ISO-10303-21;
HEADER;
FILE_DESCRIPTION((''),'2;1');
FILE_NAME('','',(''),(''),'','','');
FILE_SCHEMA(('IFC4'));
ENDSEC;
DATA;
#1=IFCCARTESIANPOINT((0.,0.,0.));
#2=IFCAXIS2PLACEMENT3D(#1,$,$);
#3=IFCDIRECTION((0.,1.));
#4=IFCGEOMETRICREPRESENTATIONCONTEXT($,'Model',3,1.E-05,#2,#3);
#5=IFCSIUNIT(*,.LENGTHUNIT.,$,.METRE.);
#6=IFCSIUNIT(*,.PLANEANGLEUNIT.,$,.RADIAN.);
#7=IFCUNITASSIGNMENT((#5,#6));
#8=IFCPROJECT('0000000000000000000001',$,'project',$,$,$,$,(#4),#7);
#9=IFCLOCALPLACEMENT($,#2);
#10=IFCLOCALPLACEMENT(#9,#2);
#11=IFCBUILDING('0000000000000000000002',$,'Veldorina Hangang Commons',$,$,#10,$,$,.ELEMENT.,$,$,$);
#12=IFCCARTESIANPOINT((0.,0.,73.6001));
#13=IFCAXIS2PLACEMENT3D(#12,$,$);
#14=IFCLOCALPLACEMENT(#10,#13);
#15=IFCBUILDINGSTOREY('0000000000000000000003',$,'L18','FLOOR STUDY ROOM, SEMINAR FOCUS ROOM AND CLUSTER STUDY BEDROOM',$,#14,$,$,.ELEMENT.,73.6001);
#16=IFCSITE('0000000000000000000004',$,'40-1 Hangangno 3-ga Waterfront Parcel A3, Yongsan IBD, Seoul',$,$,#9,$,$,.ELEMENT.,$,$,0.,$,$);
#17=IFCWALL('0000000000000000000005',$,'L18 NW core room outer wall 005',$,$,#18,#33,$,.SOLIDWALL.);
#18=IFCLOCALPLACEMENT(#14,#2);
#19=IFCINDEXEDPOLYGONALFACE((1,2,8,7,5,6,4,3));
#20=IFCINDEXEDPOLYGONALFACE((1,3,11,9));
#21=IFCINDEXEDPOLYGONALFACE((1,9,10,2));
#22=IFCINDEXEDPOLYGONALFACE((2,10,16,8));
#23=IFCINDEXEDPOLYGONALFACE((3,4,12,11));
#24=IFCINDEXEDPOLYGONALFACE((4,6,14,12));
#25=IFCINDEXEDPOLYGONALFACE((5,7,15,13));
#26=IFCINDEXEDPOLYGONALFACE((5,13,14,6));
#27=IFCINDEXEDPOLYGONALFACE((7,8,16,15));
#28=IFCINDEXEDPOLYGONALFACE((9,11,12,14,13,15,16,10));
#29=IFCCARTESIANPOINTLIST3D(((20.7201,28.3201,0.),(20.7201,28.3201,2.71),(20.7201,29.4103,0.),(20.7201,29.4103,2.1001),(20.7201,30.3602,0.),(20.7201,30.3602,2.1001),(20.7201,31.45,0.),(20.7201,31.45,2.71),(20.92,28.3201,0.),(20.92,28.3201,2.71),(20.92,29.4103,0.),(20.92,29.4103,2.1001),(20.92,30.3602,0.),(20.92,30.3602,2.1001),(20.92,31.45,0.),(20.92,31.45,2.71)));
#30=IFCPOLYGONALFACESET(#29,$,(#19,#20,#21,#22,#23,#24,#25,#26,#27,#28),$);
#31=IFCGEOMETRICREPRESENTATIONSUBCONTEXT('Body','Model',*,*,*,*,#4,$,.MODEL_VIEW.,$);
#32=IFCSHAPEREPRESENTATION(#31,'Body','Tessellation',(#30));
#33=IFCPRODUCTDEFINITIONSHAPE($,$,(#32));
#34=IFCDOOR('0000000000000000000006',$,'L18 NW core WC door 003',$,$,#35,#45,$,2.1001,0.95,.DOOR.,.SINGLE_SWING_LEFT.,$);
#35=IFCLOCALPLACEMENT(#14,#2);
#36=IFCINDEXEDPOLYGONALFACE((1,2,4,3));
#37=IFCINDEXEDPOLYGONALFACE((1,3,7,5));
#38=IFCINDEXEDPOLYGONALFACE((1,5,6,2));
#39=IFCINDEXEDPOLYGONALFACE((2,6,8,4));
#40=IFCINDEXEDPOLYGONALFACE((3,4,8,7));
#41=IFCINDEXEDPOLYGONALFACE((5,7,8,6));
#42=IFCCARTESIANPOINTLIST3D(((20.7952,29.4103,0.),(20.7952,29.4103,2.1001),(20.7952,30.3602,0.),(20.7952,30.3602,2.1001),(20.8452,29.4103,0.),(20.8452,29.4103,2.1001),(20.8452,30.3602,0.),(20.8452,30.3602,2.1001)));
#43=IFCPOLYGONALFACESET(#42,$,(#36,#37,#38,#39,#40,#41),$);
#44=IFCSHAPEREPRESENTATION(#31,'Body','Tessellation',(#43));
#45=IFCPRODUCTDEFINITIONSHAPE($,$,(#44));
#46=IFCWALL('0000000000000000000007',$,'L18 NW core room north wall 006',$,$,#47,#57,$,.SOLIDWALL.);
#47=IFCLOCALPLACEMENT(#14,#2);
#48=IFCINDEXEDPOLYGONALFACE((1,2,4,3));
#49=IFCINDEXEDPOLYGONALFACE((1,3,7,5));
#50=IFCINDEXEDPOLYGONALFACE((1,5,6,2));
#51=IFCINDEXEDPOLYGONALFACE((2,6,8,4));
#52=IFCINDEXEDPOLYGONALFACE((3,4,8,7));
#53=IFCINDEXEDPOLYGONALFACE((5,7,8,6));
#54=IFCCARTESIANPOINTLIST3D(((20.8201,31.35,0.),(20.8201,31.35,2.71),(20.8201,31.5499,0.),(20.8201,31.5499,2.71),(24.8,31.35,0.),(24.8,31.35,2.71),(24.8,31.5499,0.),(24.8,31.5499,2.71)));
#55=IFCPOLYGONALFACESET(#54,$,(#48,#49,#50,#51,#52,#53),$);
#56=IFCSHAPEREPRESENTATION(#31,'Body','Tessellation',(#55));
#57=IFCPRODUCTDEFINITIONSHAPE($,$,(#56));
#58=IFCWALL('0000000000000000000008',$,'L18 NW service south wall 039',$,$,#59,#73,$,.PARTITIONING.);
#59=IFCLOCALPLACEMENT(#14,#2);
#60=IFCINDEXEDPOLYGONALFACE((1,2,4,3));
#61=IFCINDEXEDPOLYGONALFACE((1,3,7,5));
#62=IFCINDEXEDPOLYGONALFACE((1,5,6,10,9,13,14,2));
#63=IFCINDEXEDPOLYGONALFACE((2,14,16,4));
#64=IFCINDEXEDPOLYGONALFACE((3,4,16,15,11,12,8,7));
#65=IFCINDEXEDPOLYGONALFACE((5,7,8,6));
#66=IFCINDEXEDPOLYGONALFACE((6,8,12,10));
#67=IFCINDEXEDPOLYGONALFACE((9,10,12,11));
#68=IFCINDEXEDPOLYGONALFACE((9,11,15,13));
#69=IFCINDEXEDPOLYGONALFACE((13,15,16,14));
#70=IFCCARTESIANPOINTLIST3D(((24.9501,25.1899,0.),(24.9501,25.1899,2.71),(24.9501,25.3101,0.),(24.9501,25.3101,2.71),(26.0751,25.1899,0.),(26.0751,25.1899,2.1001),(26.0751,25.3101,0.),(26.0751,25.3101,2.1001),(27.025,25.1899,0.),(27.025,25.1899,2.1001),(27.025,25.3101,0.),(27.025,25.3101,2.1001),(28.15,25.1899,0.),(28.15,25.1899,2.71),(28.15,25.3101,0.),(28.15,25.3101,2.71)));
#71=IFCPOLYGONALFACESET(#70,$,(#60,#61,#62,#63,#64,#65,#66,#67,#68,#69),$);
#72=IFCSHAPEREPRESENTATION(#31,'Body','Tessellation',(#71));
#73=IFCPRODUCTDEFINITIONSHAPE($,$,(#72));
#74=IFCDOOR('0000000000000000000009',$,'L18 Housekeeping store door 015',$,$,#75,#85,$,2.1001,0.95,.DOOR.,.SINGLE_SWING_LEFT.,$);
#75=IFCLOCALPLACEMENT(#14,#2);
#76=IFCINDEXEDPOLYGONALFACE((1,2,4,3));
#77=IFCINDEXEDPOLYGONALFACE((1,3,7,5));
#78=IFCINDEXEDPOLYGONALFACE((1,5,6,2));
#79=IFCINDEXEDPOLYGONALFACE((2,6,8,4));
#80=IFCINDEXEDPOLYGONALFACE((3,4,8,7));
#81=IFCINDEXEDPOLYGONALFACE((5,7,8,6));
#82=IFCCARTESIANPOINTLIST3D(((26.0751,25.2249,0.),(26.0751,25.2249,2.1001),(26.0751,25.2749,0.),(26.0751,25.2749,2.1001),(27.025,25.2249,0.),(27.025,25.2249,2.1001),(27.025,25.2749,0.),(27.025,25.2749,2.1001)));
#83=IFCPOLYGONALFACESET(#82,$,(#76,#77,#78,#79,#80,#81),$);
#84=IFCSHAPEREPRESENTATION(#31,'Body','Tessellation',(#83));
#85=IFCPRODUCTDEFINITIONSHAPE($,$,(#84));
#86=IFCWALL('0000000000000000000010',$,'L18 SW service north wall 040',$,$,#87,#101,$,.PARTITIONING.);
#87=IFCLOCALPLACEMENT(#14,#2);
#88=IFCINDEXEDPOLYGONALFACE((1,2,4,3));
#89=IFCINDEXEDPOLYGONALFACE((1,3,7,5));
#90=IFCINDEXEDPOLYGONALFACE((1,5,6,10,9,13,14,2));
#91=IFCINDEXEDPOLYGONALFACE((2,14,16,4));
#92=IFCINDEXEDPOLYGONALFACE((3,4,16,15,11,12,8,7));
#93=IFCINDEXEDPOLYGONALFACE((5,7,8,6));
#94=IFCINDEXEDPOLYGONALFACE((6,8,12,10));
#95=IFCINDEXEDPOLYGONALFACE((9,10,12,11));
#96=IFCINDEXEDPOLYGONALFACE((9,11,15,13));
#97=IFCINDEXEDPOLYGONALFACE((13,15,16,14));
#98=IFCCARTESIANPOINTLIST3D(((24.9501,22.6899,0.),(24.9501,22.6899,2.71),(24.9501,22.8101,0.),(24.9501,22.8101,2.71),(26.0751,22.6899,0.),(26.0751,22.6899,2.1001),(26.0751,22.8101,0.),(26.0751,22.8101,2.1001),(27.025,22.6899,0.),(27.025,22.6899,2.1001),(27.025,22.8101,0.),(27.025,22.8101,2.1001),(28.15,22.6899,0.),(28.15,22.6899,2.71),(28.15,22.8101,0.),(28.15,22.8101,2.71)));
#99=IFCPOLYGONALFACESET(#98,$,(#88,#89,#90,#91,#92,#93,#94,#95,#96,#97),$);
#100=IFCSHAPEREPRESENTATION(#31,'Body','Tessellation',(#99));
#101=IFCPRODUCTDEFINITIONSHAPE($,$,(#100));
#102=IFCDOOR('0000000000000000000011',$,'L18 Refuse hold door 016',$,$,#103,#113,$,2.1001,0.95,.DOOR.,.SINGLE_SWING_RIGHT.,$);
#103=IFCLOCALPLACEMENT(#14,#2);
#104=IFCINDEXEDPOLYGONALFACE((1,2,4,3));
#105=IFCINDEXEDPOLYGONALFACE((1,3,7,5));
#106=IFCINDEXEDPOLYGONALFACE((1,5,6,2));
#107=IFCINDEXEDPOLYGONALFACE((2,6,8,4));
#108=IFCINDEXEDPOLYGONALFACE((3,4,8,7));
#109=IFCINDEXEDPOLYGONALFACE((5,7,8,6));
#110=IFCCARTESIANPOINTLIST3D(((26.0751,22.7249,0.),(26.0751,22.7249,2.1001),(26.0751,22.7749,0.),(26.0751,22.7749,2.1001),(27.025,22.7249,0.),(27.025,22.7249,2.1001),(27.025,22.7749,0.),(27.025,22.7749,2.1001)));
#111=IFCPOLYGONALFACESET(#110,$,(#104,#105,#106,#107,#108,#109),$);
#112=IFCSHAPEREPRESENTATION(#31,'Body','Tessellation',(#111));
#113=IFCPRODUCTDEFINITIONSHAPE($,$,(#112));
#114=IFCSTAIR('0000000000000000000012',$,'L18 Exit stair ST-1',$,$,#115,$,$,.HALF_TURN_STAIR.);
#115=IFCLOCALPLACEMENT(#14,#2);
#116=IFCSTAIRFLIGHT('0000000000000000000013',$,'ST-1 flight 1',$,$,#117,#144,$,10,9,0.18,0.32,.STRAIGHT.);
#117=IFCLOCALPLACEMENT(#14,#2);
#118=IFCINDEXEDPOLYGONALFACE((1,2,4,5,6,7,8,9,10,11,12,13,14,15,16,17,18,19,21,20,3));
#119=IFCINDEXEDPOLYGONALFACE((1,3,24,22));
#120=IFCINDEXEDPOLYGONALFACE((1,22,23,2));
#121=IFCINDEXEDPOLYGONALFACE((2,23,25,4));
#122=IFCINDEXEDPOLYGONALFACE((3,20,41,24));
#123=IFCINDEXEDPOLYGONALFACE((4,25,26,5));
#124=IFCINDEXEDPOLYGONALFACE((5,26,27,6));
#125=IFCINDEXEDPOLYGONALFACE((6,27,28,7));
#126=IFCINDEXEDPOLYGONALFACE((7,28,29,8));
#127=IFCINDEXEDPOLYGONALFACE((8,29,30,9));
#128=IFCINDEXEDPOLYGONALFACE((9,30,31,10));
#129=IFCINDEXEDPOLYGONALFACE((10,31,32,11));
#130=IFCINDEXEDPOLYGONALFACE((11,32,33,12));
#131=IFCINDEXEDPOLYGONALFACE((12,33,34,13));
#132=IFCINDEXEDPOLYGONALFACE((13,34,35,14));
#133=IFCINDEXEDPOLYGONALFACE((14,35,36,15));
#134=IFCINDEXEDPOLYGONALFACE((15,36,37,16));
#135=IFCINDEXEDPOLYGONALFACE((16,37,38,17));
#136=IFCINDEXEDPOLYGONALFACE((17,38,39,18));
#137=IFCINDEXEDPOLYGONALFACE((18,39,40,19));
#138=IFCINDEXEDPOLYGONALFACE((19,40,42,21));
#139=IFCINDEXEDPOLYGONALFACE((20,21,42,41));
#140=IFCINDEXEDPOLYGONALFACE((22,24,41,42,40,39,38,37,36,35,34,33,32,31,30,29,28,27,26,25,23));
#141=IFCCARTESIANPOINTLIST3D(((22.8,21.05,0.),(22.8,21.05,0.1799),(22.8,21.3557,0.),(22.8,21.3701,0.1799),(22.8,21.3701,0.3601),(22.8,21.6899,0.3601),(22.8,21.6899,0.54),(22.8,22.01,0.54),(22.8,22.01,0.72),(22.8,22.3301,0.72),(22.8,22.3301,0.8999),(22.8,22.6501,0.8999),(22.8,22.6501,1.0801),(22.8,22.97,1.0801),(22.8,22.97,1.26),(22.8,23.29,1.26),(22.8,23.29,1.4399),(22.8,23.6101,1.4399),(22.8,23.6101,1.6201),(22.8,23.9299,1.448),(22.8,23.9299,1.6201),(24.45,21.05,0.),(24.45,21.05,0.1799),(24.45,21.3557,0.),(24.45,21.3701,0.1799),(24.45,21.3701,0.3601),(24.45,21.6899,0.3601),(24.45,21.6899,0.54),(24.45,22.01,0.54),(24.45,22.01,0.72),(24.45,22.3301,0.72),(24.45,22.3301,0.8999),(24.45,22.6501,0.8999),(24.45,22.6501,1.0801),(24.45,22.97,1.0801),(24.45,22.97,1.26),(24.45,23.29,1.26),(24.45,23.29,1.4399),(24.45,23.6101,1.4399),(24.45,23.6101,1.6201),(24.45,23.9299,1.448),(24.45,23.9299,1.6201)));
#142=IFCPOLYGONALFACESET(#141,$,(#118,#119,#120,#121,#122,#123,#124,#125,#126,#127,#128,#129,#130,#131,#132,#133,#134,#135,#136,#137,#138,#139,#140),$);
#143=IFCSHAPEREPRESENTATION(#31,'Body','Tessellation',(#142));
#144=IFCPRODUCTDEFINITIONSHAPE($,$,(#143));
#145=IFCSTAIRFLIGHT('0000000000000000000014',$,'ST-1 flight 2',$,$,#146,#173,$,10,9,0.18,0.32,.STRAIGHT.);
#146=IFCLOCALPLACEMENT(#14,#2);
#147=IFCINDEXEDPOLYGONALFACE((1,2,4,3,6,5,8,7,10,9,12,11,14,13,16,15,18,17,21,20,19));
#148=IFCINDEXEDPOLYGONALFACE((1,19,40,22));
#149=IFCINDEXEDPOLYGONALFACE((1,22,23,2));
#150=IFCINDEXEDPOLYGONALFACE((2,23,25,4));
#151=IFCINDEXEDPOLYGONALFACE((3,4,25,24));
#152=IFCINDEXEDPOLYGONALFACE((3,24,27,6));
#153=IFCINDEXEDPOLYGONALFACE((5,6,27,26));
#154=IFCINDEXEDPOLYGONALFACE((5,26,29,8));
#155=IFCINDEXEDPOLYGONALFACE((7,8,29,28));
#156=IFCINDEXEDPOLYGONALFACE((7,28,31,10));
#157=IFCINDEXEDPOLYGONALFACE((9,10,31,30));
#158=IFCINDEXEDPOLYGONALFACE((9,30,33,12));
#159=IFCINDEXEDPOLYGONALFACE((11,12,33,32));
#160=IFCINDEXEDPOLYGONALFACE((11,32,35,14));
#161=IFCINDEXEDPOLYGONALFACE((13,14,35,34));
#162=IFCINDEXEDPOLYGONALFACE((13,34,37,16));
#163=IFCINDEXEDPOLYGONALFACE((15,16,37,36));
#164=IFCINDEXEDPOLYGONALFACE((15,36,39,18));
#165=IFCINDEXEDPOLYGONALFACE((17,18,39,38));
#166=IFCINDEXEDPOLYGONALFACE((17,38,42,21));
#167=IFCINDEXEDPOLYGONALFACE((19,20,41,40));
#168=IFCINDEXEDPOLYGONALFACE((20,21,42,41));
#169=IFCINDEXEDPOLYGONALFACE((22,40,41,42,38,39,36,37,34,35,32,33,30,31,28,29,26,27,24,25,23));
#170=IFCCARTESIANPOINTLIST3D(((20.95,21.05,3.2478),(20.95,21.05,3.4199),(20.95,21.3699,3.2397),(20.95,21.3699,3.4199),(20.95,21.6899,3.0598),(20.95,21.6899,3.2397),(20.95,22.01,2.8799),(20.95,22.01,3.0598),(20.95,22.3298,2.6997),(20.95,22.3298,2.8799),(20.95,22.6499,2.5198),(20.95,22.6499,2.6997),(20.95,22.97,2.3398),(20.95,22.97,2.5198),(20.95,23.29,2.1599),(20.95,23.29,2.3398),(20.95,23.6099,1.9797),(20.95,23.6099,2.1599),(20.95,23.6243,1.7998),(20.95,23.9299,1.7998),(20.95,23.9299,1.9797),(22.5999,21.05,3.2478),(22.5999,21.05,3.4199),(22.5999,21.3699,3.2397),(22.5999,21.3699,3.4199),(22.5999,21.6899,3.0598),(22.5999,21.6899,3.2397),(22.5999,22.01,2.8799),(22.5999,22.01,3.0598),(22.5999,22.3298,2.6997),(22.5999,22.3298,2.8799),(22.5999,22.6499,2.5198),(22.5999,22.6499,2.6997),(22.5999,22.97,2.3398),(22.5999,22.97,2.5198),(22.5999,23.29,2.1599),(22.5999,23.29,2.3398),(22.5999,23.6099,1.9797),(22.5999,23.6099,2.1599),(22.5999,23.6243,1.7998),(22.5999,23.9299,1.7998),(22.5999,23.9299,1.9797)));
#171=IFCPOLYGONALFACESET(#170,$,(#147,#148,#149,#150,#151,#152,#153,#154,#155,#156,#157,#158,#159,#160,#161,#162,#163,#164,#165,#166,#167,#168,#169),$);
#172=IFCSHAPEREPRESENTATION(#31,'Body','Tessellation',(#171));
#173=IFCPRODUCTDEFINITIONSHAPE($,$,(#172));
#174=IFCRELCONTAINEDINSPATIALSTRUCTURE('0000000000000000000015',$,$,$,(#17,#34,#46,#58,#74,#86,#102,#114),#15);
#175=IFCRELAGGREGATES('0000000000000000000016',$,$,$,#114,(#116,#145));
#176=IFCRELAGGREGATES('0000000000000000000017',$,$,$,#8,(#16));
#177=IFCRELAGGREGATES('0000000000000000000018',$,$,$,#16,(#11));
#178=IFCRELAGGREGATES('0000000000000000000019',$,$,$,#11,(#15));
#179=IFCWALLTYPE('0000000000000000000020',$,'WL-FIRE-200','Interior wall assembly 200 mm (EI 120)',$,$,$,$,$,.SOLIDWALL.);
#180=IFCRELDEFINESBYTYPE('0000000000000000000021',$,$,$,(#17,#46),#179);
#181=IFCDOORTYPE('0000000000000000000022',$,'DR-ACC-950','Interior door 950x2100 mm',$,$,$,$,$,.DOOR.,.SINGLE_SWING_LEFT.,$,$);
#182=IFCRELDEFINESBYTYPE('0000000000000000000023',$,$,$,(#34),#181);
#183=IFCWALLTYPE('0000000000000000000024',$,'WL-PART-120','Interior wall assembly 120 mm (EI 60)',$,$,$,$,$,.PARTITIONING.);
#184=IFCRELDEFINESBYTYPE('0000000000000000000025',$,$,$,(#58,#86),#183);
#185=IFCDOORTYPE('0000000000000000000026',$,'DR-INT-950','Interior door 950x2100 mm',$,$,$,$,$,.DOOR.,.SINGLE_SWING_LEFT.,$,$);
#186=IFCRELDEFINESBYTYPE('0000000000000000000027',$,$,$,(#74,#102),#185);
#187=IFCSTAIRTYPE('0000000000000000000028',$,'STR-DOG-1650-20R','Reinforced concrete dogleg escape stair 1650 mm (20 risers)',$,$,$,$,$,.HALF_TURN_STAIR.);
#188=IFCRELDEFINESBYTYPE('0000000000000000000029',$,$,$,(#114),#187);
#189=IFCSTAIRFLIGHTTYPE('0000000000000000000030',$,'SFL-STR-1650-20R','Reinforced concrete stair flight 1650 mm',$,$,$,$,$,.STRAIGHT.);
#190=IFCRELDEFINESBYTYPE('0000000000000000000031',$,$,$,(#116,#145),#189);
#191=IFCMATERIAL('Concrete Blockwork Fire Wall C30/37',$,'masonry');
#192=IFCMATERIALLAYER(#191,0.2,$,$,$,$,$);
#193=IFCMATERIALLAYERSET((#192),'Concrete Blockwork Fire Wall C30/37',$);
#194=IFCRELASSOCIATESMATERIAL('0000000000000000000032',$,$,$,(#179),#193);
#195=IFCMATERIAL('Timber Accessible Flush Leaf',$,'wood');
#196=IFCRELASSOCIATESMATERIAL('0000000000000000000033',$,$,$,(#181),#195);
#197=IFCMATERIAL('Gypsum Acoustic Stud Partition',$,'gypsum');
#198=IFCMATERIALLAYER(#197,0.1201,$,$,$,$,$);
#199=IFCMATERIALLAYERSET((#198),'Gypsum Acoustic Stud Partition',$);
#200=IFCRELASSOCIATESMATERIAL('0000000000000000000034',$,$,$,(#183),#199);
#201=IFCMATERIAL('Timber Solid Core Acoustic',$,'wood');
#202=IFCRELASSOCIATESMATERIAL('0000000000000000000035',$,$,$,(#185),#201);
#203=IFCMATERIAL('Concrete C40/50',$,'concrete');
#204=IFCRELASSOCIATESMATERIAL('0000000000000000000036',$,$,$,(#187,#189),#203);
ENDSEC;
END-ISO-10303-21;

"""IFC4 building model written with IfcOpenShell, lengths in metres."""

from ifc_helpers import new_model, si_unit, direction, frame, frame_2d, origin, place, context, subcontext, project, spatial, polyline, rectangle, outline, extrude, material, layer, layer_set, type_object, element, fill, aggregate, save


model = new_model("IFC4")

# Units and contexts
model_context = context("Model", 3, precision=1e-05, world=origin(), true_north=direction((0.0, 1.0)))
body_context = subcontext(model_context, "Body", "Model", "MODEL_VIEW")
ifc_project = project(units=[si_unit("LENGTHUNIT", "METRE"), si_unit("PLANEANGLEUNIT", "RADIAN")], contexts=[model_context])

# Site, building, storey
site_placement = place(None, origin())
site = spatial("IfcSite", under=ifc_project, at=site_placement, Name="40-1 Hangangno 3-ga Waterfront Parcel A3, Yongsan IBD, Seoul", CompositionType="ELEMENT", RefElevation=0.0)
building_placement = place(site_placement, origin())
building = spatial("IfcBuilding", under=site, at=building_placement, Name="Veldorina Hangang Commons", CompositionType="ELEMENT")
storey_placement = place(building_placement, frame((0.0, 0.0, 73.6001)))
storey = spatial("IfcBuildingStorey", under=building, at=storey_placement, Name="L18", Description="FLOOR STUDY ROOM, SEMINAR FOCUS ROOM AND CLUSTER STUDY BEDROOM", CompositionType="ELEMENT", Elevation=73.6001)

# Wall, opening, door
ifc_material_1 = material(Name="Concrete Blockwork Fire Wall C30/37", Category="masonry")
ifc_layer_1 = layer(ifc_material_1, 0.2)
ifc_layer_set_1 = layer_set([ifc_layer_1], Name="Concrete Blockwork Fire Wall C30/37")
wall_type_1 = type_object("IfcWallType", Name="WL-FIRE-200", Description="Interior wall assembly 200 mm (EI 120)", PredefinedType="SOLIDWALL", material=ifc_layer_set_1)
wall_1_placement = place(storey_placement, frame((20.8201, 28.3201, 0.0), z_axis=(0.0, 0.0, 1.0), x_axis=(0.0, 1.0, 0.0)))
wall_1 = element("IfcWall", 1, at=wall_1_placement, inside=storey, type_object=wall_type_1, Name="L18 NW core room outer wall 005", PredefinedType="SOLIDWALL", context=body_context, shape_type="SweptSolid", body=[
    extrude(rectangle(XDim=3.1299, YDim=0.2, at=frame_2d((1.5649, 0.0))), origin(), (0.0, 0.0, 1.0), 2.71),
])
opening_1_placement = place(wall_1_placement, frame((1.0901, 0.0, 0.0)))
opening_1 = element("IfcOpeningElement", 2, at=opening_1_placement, cuts=wall_1, PredefinedType="OPENING", context=body_context, shape_type="SweptSolid", body=[
    extrude(rectangle(XDim=0.95, YDim=2.1001, at=frame_2d((0.4751, 1.05))), frame((0.0, 0.1099, 0.0), z_axis=(0.0, -1.0, 0.0), x_axis=(1.0, 0.0, 0.0)), (0.0, 0.0, 1.0), 0.22),
])
ifc_material_2 = material(Name="Timber Accessible Flush Leaf", Category="wood")
door_type_1 = type_object("IfcDoorType", Name="DR-ACC-950", Description="Interior door 950x2100 mm", OperationType="SINGLE_SWING_LEFT", PredefinedType="DOOR", material=ifc_material_2)
door_1_placement = place(opening_1_placement, origin())
door_1 = element("IfcDoor", 3, at=door_1_placement, inside=storey, type_object=door_type_1, Name="L18 NW core WC door 003", OperationType="SINGLE_SWING_LEFT", OverallHeight=2.1001, OverallWidth=0.95, PredefinedType="DOOR", context=body_context, shape_type="SweptSolid", body=[
    extrude(rectangle(XDim=0.95, YDim=2.1001, at=frame_2d((0.4751, 1.05))), frame((0.0, 0.0249, 0.0), z_axis=(0.0, -1.0, 0.0), x_axis=(1.0, 0.0, 0.0)), (0.0, 0.0, 1.0), 0.05),
])
fill(opening_1, door_1)

# Wall
wall_2_placement = place(storey_placement, frame((20.8201, 31.45, 0.0), z_axis=(0.0, 0.0, 1.0), x_axis=(1.0, 0.0, 0.0)))
element("IfcWall", 4, at=wall_2_placement, inside=storey, type_object=wall_type_1, Name="L18 NW core room north wall 006", PredefinedType="SOLIDWALL", context=body_context, shape_type="SweptSolid", body=[
    extrude(rectangle(XDim=3.98, YDim=0.2, at=frame_2d((1.99, 0.0))), origin(), (0.0, 0.0, 1.0), 2.71),
])

# Walls, openings, doors
ifc_material_3 = material(Name="Gypsum Acoustic Stud Partition", Category="gypsum")
ifc_layer_2 = layer(ifc_material_3, 0.1201)
ifc_layer_set_2 = layer_set([ifc_layer_2], Name="Gypsum Acoustic Stud Partition")
wall_type_2 = type_object("IfcWallType", Name="WL-PART-120", Description="Interior wall assembly 120 mm (EI 60)", PredefinedType="PARTITIONING", material=ifc_layer_set_2)
wall_3_placement = place(storey_placement, frame((24.95, 25.25, 0.0), z_axis=(0.0, 0.0, 1.0), x_axis=(1.0, 0.0, 0.0)))
wall_3 = element("IfcWall", 5, at=wall_3_placement, inside=storey, type_object=wall_type_2, Name="L18 NW service south wall 039", PredefinedType="PARTITIONING", context=body_context, shape_type="SweptSolid", body=[
    extrude(rectangle(XDim=3.2, YDim=0.1201, at=frame_2d((1.6001, 0.0))), origin(), (0.0, 0.0, 1.0), 2.71),
])
opening_2_placement = place(wall_3_placement, frame((1.125, 0.0, 0.0)))
opening_2 = element("IfcOpeningElement", 6, at=opening_2_placement, cuts=wall_3, PredefinedType="OPENING", context=body_context, shape_type="SweptSolid", body=[
    extrude(rectangle(XDim=0.95, YDim=2.1001, at=frame_2d((0.4751, 1.05))), frame((0.0, 0.0701, 0.0), z_axis=(0.0, -1.0, 0.0), x_axis=(1.0, 0.0, 0.0)), (0.0, 0.0, 1.0), 0.1401),
])
ifc_material_4 = material(Name="Timber Solid Core Acoustic", Category="wood")
door_type_2 = type_object("IfcDoorType", Name="DR-INT-950", Description="Interior door 950x2100 mm", OperationType="SINGLE_SWING_LEFT", PredefinedType="DOOR", material=ifc_material_4)
door_2_placement = place(opening_2_placement, origin())
door_2 = element("IfcDoor", 7, at=door_2_placement, inside=storey, type_object=door_type_2, Name="L18 Housekeeping store door 015", OperationType="SINGLE_SWING_LEFT", OverallHeight=2.1001, OverallWidth=0.95, PredefinedType="DOOR", context=body_context, shape_type="SweptSolid", body=[
    extrude(rectangle(XDim=0.95, YDim=2.1001, at=frame_2d((0.4751, 1.05))), frame((0.0, 0.0249, 0.0), z_axis=(0.0, -1.0, 0.0), x_axis=(1.0, 0.0, 0.0)), (0.0, 0.0, 1.0), 0.05),
])
fill(opening_2, door_2)
wall_4_placement = place(storey_placement, frame((24.95, 22.75, 0.0), z_axis=(0.0, 0.0, 1.0), x_axis=(1.0, 0.0, 0.0)))
wall_4 = element("IfcWall", 8, at=wall_4_placement, inside=storey, type_object=wall_type_2, Name="L18 SW service north wall 040", PredefinedType="PARTITIONING", context=body_context, shape_type="SweptSolid", body=[
    extrude(rectangle(XDim=3.2, YDim=0.1201, at=frame_2d((1.6001, 0.0))), origin(), (0.0, 0.0, 1.0), 2.71),
])
opening_3_placement = place(wall_4_placement, frame((1.125, 0.0, 0.0)))
opening_3 = element("IfcOpeningElement", 9, at=opening_3_placement, cuts=wall_4, PredefinedType="OPENING", context=body_context, shape_type="SweptSolid", body=[
    extrude(rectangle(XDim=0.95, YDim=2.1001, at=frame_2d((0.4751, 1.05))), frame((0.0, 0.0701, 0.0), z_axis=(0.0, -1.0, 0.0), x_axis=(1.0, 0.0, 0.0)), (0.0, 0.0, 1.0), 0.1401),
])
door_3_placement = place(opening_3_placement, origin())
door_3 = element("IfcDoor", 10, at=door_3_placement, inside=storey, type_object=door_type_2, Name="L18 Refuse hold door 016", OperationType="SINGLE_SWING_RIGHT", OverallHeight=2.1001, OverallWidth=0.95, PredefinedType="DOOR", context=body_context, shape_type="SweptSolid", body=[
    extrude(rectangle(XDim=0.95, YDim=2.1001, at=frame_2d((0.4751, 1.05))), frame((0.0, 0.0249, 0.0), z_axis=(0.0, -1.0, 0.0), x_axis=(1.0, 0.0, 0.0)), (0.0, 0.0, 1.0), 0.05),
])
fill(opening_3, door_3)

# Stair, stair flights
ifc_material_5 = material(Name="Concrete C40/50", Category="concrete")
stair_type = type_object("IfcStairType", Name="STR-DOG-1650-20R", Description="Reinforced concrete dogleg escape stair 1650 mm (20 risers)", PredefinedType="HALF_TURN_STAIR", material=ifc_material_5)
stair_placement = place(storey_placement, origin())
stair = element("IfcStair", 11, at=stair_placement, inside=storey, type_object=stair_type, Name="L18 Exit stair ST-1", PredefinedType="HALF_TURN_STAIR")
stair_flight_type = type_object("IfcStairFlightType", Name="SFL-STR-1650-20R", Description="Reinforced concrete stair flight 1650 mm", PredefinedType="STRAIGHT", material=ifc_material_5)
stair_flight_1_placement = place(storey_placement, frame((23.625, 21.05, 0.0), z_axis=(0.0, 0.0, 1.0), x_axis=(0.0, 1.0, 0.0)))
stair_flight_1 = element("IfcStairFlight", 12, at=stair_flight_1_placement, type_object=stair_flight_type, Name="ST-1 flight 1", NumberOfRisers=10, NumberOfTreads=9, PredefinedType="STRAIGHT", RiserHeight=0.18, TreadLength=0.32, context=body_context, shape_type="SweptSolid", body=[
    extrude(outline(polyline([(0.0, 0.0), (0.0, 0.1799), (0.3201, 0.1799), (0.3201, 0.3601), (0.6399, 0.3601), (0.6399, 0.54), (0.96, 0.54), (0.96, 0.72), (1.28, 0.72), (1.28, 0.8999), (1.6001, 0.8999), (1.6001, 1.0801), (1.9199, 1.0801), (1.9199, 1.26), (2.24, 1.26), (2.24, 1.4399), (2.5601, 1.4399), (2.5601, 1.6201), (2.8799, 1.6201), (2.8799, 1.8), (2.8799, 1.448), (0.3057, 0.0), (0.0, 0.0)])), frame((0.0, 0.825, 0.0), z_axis=(0.0, -1.0, 0.0), x_axis=(1.0, 0.0, 0.0)), (0.0, 0.0, 1.0), 1.6499),
])
stair_flight_2_placement = place(storey_placement, frame((21.7749, 23.9299, 1.7998), z_axis=(0.0, 0.0, 1.0), x_axis=(0.0, -1.0, 0.0)))
stair_flight_2 = element("IfcStairFlight", 13, at=stair_flight_2_placement, type_object=stair_flight_type, Name="ST-1 flight 2", NumberOfRisers=10, NumberOfTreads=9, PredefinedType="STRAIGHT", RiserHeight=0.18, TreadLength=0.32, context=body_context, shape_type="SweptSolid", body=[
    extrude(outline(polyline([(0.0, 0.0), (0.0, 0.1799), (0.3201, 0.1799), (0.3201, 0.3601), (0.6399, 0.3601), (0.6399, 0.54), (0.96, 0.54), (0.96, 0.72), (1.28, 0.72), (1.28, 0.8999), (1.6001, 0.8999), (1.6001, 1.0801), (1.9199, 1.0801), (1.9199, 1.26), (2.24, 1.26), (2.24, 1.4399), (2.5601, 1.4399), (2.5601, 1.6201), (2.8799, 1.6201), (2.8799, 1.8), (2.8799, 1.448), (0.3057, 0.0), (0.0, 0.0)])), frame((0.0, 0.825, 0.0), z_axis=(0.0, -1.0, 0.0), x_axis=(1.0, 0.0, 0.0)), (0.0, 0.0, 1.0), 1.6499),
])
aggregate(stair, [stair_flight_1, stair_flight_2])

save(model, "model.ifc")
